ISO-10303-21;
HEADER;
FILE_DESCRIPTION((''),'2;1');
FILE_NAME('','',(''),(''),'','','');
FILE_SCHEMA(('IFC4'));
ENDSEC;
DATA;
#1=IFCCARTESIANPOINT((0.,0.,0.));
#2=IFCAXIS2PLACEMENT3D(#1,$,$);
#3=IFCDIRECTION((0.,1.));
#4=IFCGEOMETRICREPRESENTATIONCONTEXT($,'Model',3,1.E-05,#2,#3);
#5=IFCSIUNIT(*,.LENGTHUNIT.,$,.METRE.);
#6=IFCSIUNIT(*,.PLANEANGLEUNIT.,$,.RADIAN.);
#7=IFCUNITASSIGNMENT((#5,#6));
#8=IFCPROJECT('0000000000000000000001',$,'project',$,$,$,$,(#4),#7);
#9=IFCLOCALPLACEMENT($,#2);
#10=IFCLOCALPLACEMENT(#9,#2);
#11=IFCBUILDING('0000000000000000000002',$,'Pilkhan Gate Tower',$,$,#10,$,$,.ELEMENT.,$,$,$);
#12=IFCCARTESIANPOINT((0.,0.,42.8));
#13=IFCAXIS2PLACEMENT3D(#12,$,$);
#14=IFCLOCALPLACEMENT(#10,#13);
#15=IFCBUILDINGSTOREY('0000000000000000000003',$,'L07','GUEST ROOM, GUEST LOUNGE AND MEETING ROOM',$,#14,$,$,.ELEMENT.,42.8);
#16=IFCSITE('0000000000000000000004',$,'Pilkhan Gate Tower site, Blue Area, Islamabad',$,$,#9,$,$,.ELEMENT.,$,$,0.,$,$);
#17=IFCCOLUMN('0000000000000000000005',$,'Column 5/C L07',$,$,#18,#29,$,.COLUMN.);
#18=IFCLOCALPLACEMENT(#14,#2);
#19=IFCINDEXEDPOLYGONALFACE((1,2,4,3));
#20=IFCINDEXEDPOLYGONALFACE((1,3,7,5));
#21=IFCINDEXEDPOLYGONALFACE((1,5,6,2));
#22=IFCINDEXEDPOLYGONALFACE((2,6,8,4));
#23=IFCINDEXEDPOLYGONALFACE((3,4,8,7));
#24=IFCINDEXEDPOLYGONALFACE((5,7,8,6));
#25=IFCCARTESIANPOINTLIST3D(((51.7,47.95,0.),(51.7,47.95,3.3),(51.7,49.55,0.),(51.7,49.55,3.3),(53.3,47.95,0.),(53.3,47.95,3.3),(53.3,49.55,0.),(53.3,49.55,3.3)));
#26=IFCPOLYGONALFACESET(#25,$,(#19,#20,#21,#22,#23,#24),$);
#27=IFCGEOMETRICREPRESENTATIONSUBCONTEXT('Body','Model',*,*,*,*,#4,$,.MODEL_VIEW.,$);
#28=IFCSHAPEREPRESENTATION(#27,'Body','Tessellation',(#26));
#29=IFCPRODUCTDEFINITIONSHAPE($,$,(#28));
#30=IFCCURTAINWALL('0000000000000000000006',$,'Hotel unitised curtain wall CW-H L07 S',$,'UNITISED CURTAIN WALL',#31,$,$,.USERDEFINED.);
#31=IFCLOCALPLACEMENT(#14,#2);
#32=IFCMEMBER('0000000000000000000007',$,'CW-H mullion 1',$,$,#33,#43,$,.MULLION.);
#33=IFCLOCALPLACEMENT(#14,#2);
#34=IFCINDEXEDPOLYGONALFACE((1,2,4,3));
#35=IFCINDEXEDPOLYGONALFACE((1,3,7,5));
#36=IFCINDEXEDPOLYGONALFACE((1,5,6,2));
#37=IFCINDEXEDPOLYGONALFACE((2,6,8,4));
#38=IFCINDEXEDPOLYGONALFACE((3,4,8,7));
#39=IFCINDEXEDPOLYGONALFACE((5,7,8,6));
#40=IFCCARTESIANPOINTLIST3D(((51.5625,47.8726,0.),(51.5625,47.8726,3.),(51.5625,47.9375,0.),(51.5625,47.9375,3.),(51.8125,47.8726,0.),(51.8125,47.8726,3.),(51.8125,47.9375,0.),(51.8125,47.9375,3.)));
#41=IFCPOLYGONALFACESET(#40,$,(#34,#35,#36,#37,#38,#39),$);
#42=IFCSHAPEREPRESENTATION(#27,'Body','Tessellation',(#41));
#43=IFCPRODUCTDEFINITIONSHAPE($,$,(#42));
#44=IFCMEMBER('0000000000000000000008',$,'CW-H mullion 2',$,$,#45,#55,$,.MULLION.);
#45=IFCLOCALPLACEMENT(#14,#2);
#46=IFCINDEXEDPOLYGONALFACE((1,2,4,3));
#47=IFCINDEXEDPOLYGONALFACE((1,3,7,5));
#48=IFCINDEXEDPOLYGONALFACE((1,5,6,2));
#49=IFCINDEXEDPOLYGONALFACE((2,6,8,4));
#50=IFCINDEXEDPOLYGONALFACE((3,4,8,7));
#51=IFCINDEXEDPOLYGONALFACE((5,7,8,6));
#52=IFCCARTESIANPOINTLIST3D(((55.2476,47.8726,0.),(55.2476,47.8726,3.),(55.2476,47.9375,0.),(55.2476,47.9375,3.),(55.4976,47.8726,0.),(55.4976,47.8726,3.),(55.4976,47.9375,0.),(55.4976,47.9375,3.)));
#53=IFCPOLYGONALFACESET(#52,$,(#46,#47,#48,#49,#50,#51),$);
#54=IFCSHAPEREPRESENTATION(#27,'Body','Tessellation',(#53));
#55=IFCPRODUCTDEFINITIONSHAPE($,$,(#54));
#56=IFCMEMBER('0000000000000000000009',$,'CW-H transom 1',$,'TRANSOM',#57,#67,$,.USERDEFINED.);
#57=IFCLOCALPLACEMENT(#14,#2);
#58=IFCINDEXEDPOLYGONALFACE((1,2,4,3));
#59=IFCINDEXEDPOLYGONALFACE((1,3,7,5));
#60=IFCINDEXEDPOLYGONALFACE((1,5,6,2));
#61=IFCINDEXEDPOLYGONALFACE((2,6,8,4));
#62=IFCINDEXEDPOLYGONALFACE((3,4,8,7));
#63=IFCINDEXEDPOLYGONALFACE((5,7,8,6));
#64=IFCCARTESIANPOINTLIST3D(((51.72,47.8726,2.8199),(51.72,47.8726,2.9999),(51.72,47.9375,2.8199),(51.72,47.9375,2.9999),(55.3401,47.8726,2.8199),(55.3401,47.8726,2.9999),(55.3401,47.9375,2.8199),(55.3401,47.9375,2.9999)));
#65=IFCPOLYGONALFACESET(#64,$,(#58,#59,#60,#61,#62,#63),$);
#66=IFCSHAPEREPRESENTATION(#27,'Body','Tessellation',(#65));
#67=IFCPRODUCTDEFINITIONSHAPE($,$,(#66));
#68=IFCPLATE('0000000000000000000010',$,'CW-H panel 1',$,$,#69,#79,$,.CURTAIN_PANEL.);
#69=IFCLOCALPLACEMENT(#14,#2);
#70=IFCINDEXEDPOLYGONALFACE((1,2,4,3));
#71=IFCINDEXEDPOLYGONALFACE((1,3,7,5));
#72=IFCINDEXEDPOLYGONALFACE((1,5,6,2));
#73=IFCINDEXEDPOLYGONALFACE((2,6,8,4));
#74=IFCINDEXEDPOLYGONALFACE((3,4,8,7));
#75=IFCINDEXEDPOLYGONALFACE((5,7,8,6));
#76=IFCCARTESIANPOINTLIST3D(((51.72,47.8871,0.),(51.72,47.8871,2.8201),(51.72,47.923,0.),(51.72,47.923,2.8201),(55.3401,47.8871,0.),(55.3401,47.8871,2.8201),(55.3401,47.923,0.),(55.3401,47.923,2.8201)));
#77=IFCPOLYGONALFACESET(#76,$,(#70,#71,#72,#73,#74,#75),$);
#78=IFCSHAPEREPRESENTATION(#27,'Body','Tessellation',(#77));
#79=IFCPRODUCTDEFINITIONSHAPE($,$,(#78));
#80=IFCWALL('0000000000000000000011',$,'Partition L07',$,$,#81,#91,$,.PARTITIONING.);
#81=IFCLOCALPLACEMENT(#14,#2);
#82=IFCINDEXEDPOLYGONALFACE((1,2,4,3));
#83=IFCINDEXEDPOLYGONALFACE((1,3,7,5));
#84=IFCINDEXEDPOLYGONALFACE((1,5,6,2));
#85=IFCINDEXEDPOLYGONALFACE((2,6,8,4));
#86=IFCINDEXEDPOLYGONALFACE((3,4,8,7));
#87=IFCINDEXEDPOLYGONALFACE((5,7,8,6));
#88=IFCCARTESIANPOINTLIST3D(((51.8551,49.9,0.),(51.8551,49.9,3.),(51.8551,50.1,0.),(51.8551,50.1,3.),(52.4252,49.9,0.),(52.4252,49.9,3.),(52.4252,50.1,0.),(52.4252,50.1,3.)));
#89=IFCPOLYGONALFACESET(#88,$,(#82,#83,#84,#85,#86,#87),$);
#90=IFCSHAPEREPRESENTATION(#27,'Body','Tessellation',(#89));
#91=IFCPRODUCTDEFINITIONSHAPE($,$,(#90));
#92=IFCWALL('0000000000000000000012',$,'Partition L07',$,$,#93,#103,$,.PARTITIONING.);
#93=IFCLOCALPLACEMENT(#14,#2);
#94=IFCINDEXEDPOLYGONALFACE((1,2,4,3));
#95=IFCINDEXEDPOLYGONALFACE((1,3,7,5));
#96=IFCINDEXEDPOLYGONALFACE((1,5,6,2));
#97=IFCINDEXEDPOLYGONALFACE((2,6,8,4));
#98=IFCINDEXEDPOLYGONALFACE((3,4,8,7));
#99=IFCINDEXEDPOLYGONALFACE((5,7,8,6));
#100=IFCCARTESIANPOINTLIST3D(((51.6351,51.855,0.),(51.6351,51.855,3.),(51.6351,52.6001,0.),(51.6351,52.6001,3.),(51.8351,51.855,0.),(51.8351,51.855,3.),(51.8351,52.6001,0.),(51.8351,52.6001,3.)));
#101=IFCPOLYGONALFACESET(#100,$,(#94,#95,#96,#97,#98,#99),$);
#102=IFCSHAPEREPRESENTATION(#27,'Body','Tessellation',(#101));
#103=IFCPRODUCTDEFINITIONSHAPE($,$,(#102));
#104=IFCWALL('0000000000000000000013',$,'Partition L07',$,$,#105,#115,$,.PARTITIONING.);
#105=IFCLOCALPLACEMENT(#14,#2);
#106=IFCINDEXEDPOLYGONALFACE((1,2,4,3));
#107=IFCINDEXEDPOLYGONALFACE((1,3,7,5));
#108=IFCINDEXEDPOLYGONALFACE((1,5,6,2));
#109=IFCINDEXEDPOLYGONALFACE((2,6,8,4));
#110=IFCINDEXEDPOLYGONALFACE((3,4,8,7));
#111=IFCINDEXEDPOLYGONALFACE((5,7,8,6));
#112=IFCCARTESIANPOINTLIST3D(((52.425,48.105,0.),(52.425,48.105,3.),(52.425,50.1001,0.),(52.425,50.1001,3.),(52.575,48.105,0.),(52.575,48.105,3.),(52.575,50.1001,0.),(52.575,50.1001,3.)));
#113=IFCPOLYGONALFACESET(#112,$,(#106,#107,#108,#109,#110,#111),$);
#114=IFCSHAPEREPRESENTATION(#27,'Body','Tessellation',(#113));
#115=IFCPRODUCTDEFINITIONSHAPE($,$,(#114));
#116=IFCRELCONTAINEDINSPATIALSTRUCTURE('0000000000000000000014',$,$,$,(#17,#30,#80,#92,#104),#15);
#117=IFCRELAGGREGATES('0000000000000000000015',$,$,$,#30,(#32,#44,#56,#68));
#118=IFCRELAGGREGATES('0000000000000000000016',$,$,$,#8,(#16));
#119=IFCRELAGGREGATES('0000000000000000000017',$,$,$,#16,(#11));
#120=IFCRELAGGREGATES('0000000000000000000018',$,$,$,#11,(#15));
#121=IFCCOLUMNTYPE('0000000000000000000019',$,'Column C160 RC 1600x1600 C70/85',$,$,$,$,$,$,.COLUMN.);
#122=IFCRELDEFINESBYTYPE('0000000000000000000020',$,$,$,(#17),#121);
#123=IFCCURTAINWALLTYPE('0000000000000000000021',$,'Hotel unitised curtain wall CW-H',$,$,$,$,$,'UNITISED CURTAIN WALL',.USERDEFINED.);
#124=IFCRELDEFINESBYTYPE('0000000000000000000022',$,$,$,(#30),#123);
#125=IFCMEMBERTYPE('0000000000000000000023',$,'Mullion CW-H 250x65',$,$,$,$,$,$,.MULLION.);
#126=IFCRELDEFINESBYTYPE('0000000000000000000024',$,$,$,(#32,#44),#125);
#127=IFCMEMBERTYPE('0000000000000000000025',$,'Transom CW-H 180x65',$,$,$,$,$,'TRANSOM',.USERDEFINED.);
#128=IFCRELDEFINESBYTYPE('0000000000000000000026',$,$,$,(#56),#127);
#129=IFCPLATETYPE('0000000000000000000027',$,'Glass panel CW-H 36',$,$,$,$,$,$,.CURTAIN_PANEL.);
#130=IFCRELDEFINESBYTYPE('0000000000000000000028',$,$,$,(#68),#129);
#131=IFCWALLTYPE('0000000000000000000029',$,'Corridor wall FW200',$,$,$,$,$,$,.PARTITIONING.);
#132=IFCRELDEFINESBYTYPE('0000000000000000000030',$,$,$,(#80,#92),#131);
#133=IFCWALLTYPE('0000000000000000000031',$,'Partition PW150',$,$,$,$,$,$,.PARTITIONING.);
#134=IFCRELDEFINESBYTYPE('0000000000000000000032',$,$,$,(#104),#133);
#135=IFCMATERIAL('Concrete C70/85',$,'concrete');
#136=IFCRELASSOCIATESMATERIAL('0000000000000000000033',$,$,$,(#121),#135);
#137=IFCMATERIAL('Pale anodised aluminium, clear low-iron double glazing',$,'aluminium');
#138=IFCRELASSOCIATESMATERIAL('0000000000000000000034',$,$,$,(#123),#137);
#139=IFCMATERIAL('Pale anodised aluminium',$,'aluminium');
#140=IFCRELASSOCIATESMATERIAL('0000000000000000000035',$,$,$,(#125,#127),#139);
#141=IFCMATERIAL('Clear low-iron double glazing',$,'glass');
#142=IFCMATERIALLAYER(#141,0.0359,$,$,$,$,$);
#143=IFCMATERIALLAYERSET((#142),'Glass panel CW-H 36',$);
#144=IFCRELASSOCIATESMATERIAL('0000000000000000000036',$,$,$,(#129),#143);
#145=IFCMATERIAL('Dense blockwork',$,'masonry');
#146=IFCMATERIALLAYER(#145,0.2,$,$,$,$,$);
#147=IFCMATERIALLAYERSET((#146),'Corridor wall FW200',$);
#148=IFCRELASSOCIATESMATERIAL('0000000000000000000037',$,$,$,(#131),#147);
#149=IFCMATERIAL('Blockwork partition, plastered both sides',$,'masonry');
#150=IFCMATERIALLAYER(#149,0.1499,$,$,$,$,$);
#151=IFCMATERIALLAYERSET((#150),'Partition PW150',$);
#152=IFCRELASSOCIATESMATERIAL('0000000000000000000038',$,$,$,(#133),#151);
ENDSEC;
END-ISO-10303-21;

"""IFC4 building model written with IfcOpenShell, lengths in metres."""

from ifc_helpers import new_model, si_unit, direction, frame, frame_2d, origin, origin_2d, place, context, subcontext, project, spatial, rectangle, extrude, material, layer, layer_set, material_profile, profile_set, type_object, element, aggregate, save


model = new_model("IFC4")

# Units and contexts
model_context = context("Model", 3, precision=1e-05, world=origin(), true_north=direction((0.0, 1.0)))
body_context = subcontext(model_context, "Body", "Model", "MODEL_VIEW")
ifc_project = project(units=[si_unit("LENGTHUNIT", "METRE"), si_unit("PLANEANGLEUNIT", "RADIAN")], contexts=[model_context])

# Site, building, storey
site_placement = place(None, origin())
site = spatial("IfcSite", under=ifc_project, at=site_placement, Name="Pilkhan Gate Tower site, Blue Area, Islamabad", CompositionType="ELEMENT", RefElevation=0.0)
building_placement = place(site_placement, origin())
building = spatial("IfcBuilding", under=site, at=building_placement, Name="Pilkhan Gate Tower", CompositionType="ELEMENT")
storey_placement = place(building_placement, frame((0.0, 0.0, 42.8)))
storey = spatial("IfcBuildingStorey", under=building, at=storey_placement, Name="L07", Description="GUEST ROOM, GUEST LOUNGE AND MEETING ROOM", CompositionType="ELEMENT", Elevation=42.8)

# Column
ifc_material_1 = material(Name="Concrete C70/85", Category="concrete")
ifc_material_profile_1 = material_profile(ifc_material_1, rectangle(XDim=1.6001, YDim=1.6001, at=origin_2d()), Name="RC 1600x1600")
ifc_profile_set_1 = profile_set([ifc_material_profile_1], Name="Concrete C70/85")
column_type = type_object("IfcColumnType", Name="Column C160 RC 1600x1600 C70/85", PredefinedType="COLUMN", material=ifc_profile_set_1)
column_placement = place(storey_placement, frame((52.5, 48.75, 0.0), z_axis=(0.0, 0.0, 1.0), x_axis=(1.0, 0.0, 0.0)))
element("IfcColumn", 1, at=column_placement, inside=storey, type_object=column_type, Name="Column 5/C L07", PredefinedType="COLUMN", context=body_context, shape_type="SweptSolid", body=[
    extrude(rectangle(XDim=1.6001, YDim=1.6001, at=origin_2d()), origin(), (0.0, 0.0, 1.0), 3.3),
])

# Curtain wall, members, plate
ifc_material_2 = material(Name="Pale anodised aluminium, clear low-iron double glazing", Category="aluminium")
curtain_wall_type = type_object("IfcCurtainWallType", Name="Hotel unitised curtain wall CW-H", ElementType="UNITISED CURTAIN WALL", PredefinedType="USERDEFINED", material=ifc_material_2)
curtain_wall_placement = place(storey_placement, origin())
curtain_wall = element("IfcCurtainWall", 2, at=curtain_wall_placement, inside=storey, type_object=curtain_wall_type, Name="Hotel unitised curtain wall CW-H L07 S", ObjectType="UNITISED CURTAIN WALL", PredefinedType="USERDEFINED")
ifc_material_3 = material(Name="Pale anodised aluminium", Category="aluminium")
ifc_material_profile_2 = material_profile(ifc_material_3, rectangle(XDim=0.0649, YDim=0.25, at=origin_2d()), Name="Mullion 250x65")
ifc_profile_set_2 = profile_set([ifc_material_profile_2], Name="Pale anodised aluminium")
member_type_1 = type_object("IfcMemberType", Name="Mullion CW-H 250x65", PredefinedType="MULLION", material=ifc_profile_set_2)
member_1_placement = place(storey_placement, frame((51.6875, 47.905, 0.0), z_axis=(0.0, 0.0, 1.0), x_axis=(0.0, 1.0, 0.0)))
member_1 = element("IfcMember", 3, at=member_1_placement, type_object=member_type_1, Name="CW-H mullion 1", PredefinedType="MULLION", context=body_context, shape_type="SweptSolid", body=[
    extrude(rectangle(XDim=0.0649, YDim=0.25, at=origin_2d()), origin(), (0.0, 0.0, 1.0), 3.0),
])
member_2_placement = place(storey_placement, frame((55.3726, 47.905, 0.0), z_axis=(0.0, 0.0, 1.0), x_axis=(0.0, 1.0, 0.0)))
member_2 = element("IfcMember", 4, at=member_2_placement, type_object=member_type_1, Name="CW-H mullion 2", PredefinedType="MULLION", context=body_context, shape_type="SweptSolid", body=[
    extrude(rectangle(XDim=0.0649, YDim=0.25, at=origin_2d()), origin(), (0.0, 0.0, 1.0), 3.0),
])
ifc_material_profile_3 = material_profile(ifc_material_3, rectangle(XDim=0.0649, YDim=0.1799, at=origin_2d()), Name="Transom 180x65")
ifc_profile_set_3 = profile_set([ifc_material_profile_3], Name="Pale anodised aluminium")
member_type_2 = type_object("IfcMemberType", Name="Transom CW-H 180x65", ElementType="TRANSOM", PredefinedType="USERDEFINED", material=ifc_profile_set_3)
member_3_placement = place(storey_placement, frame((51.72, 47.905, 2.9099), z_axis=(1.0, 0.0, 0.0), x_axis=(0.0, 1.0, 0.0)))
member_3 = element("IfcMember", 5, at=member_3_placement, type_object=member_type_2, Name="CW-H transom 1", ObjectType="TRANSOM", PredefinedType="USERDEFINED", context=body_context, shape_type="SweptSolid", body=[
    extrude(rectangle(XDim=0.0649, YDim=0.1799, at=origin_2d()), origin(), (0.0, 0.0, 1.0), 3.6201),
])
ifc_material_4 = material(Name="Clear low-iron double glazing", Category="glass")
ifc_layer_1 = layer(ifc_material_4, 0.0359)
ifc_layer_set_1 = layer_set([ifc_layer_1], Name="Glass panel CW-H 36")
plate_type = type_object("IfcPlateType", Name="Glass panel CW-H 36", PredefinedType="CURTAIN_PANEL", material=ifc_layer_set_1)
plate_placement = place(storey_placement, frame((53.53, 47.905, 0.0), z_axis=(0.0, 0.0, 1.0), x_axis=(1.0, 0.0, 0.0)))
plate = element("IfcPlate", 6, at=plate_placement, type_object=plate_type, Name="CW-H panel 1", PredefinedType="CURTAIN_PANEL", context=body_context, shape_type="SweptSolid", body=[
    extrude(rectangle(XDim=3.6201, YDim=0.0359, at=origin_2d()), origin(), (0.0, 0.0, 1.0), 2.8201),
])
aggregate(curtain_wall, [member_1, member_2, member_3, plate])

# Wall
ifc_material_5 = material(Name="Dense blockwork", Category="masonry")
ifc_layer_2 = layer(ifc_material_5, 0.2)
ifc_layer_set_2 = layer_set([ifc_layer_2], Name="Corridor wall FW200")
wall_type_1 = type_object("IfcWallType", Name="Corridor wall FW200", PredefinedType="PARTITIONING", material=ifc_layer_set_2)
wall_1_placement = place(storey_placement, frame((51.855, 50.0, 0.0), z_axis=(0.0, 0.0, 1.0), x_axis=(1.0, 0.0, 0.0)))
element("IfcWall", 7, at=wall_1_placement, inside=storey, type_object=wall_type_1, Name="Partition L07", PredefinedType="PARTITIONING", context=body_context, shape_type="SweptSolid", body=[
    extrude(rectangle(XDim=0.5701, YDim=0.2, at=frame_2d((0.2852, 0.0))), origin(), (0.0, 0.0, 1.0), 3.0),
])

# Walls
wall_2_placement = place(storey_placement, frame((51.7351, 51.855, 0.0), z_axis=(0.0, 0.0, 1.0), x_axis=(0.0, 1.0, 0.0)))
element("IfcWall", 8, at=wall_2_placement, inside=storey, type_object=wall_type_1, Name="Partition L07", PredefinedType="PARTITIONING", context=body_context, shape_type="SweptSolid", body=[
    extrude(rectangle(XDim=0.7451, YDim=0.2, at=frame_2d((0.3726, 0.0))), origin(), (0.0, 0.0, 1.0), 3.0),
])
ifc_material_6 = material(Name="Blockwork partition, plastered both sides", Category="masonry")
ifc_layer_3 = layer(ifc_material_6, 0.1499)
ifc_layer_set_3 = layer_set([ifc_layer_3], Name="Partition PW150")
wall_type_2 = type_object("IfcWallType", Name="Partition PW150", PredefinedType="PARTITIONING", material=ifc_layer_set_3)
wall_3_placement = place(storey_placement, frame((52.5, 48.105, 0.0), z_axis=(0.0, 0.0, 1.0), x_axis=(0.0, 1.0, 0.0)))
element("IfcWall", 9, at=wall_3_placement, inside=storey, type_object=wall_type_2, Name="Partition L07", PredefinedType="PARTITIONING", context=body_context, shape_type="SweptSolid", body=[
    extrude(rectangle(XDim=1.9951, YDim=0.1499, at=frame_2d((0.9976, 0.0))), origin(), (0.0, 0.0, 1.0), 3.0),
])

save(model, "model.ifc")
